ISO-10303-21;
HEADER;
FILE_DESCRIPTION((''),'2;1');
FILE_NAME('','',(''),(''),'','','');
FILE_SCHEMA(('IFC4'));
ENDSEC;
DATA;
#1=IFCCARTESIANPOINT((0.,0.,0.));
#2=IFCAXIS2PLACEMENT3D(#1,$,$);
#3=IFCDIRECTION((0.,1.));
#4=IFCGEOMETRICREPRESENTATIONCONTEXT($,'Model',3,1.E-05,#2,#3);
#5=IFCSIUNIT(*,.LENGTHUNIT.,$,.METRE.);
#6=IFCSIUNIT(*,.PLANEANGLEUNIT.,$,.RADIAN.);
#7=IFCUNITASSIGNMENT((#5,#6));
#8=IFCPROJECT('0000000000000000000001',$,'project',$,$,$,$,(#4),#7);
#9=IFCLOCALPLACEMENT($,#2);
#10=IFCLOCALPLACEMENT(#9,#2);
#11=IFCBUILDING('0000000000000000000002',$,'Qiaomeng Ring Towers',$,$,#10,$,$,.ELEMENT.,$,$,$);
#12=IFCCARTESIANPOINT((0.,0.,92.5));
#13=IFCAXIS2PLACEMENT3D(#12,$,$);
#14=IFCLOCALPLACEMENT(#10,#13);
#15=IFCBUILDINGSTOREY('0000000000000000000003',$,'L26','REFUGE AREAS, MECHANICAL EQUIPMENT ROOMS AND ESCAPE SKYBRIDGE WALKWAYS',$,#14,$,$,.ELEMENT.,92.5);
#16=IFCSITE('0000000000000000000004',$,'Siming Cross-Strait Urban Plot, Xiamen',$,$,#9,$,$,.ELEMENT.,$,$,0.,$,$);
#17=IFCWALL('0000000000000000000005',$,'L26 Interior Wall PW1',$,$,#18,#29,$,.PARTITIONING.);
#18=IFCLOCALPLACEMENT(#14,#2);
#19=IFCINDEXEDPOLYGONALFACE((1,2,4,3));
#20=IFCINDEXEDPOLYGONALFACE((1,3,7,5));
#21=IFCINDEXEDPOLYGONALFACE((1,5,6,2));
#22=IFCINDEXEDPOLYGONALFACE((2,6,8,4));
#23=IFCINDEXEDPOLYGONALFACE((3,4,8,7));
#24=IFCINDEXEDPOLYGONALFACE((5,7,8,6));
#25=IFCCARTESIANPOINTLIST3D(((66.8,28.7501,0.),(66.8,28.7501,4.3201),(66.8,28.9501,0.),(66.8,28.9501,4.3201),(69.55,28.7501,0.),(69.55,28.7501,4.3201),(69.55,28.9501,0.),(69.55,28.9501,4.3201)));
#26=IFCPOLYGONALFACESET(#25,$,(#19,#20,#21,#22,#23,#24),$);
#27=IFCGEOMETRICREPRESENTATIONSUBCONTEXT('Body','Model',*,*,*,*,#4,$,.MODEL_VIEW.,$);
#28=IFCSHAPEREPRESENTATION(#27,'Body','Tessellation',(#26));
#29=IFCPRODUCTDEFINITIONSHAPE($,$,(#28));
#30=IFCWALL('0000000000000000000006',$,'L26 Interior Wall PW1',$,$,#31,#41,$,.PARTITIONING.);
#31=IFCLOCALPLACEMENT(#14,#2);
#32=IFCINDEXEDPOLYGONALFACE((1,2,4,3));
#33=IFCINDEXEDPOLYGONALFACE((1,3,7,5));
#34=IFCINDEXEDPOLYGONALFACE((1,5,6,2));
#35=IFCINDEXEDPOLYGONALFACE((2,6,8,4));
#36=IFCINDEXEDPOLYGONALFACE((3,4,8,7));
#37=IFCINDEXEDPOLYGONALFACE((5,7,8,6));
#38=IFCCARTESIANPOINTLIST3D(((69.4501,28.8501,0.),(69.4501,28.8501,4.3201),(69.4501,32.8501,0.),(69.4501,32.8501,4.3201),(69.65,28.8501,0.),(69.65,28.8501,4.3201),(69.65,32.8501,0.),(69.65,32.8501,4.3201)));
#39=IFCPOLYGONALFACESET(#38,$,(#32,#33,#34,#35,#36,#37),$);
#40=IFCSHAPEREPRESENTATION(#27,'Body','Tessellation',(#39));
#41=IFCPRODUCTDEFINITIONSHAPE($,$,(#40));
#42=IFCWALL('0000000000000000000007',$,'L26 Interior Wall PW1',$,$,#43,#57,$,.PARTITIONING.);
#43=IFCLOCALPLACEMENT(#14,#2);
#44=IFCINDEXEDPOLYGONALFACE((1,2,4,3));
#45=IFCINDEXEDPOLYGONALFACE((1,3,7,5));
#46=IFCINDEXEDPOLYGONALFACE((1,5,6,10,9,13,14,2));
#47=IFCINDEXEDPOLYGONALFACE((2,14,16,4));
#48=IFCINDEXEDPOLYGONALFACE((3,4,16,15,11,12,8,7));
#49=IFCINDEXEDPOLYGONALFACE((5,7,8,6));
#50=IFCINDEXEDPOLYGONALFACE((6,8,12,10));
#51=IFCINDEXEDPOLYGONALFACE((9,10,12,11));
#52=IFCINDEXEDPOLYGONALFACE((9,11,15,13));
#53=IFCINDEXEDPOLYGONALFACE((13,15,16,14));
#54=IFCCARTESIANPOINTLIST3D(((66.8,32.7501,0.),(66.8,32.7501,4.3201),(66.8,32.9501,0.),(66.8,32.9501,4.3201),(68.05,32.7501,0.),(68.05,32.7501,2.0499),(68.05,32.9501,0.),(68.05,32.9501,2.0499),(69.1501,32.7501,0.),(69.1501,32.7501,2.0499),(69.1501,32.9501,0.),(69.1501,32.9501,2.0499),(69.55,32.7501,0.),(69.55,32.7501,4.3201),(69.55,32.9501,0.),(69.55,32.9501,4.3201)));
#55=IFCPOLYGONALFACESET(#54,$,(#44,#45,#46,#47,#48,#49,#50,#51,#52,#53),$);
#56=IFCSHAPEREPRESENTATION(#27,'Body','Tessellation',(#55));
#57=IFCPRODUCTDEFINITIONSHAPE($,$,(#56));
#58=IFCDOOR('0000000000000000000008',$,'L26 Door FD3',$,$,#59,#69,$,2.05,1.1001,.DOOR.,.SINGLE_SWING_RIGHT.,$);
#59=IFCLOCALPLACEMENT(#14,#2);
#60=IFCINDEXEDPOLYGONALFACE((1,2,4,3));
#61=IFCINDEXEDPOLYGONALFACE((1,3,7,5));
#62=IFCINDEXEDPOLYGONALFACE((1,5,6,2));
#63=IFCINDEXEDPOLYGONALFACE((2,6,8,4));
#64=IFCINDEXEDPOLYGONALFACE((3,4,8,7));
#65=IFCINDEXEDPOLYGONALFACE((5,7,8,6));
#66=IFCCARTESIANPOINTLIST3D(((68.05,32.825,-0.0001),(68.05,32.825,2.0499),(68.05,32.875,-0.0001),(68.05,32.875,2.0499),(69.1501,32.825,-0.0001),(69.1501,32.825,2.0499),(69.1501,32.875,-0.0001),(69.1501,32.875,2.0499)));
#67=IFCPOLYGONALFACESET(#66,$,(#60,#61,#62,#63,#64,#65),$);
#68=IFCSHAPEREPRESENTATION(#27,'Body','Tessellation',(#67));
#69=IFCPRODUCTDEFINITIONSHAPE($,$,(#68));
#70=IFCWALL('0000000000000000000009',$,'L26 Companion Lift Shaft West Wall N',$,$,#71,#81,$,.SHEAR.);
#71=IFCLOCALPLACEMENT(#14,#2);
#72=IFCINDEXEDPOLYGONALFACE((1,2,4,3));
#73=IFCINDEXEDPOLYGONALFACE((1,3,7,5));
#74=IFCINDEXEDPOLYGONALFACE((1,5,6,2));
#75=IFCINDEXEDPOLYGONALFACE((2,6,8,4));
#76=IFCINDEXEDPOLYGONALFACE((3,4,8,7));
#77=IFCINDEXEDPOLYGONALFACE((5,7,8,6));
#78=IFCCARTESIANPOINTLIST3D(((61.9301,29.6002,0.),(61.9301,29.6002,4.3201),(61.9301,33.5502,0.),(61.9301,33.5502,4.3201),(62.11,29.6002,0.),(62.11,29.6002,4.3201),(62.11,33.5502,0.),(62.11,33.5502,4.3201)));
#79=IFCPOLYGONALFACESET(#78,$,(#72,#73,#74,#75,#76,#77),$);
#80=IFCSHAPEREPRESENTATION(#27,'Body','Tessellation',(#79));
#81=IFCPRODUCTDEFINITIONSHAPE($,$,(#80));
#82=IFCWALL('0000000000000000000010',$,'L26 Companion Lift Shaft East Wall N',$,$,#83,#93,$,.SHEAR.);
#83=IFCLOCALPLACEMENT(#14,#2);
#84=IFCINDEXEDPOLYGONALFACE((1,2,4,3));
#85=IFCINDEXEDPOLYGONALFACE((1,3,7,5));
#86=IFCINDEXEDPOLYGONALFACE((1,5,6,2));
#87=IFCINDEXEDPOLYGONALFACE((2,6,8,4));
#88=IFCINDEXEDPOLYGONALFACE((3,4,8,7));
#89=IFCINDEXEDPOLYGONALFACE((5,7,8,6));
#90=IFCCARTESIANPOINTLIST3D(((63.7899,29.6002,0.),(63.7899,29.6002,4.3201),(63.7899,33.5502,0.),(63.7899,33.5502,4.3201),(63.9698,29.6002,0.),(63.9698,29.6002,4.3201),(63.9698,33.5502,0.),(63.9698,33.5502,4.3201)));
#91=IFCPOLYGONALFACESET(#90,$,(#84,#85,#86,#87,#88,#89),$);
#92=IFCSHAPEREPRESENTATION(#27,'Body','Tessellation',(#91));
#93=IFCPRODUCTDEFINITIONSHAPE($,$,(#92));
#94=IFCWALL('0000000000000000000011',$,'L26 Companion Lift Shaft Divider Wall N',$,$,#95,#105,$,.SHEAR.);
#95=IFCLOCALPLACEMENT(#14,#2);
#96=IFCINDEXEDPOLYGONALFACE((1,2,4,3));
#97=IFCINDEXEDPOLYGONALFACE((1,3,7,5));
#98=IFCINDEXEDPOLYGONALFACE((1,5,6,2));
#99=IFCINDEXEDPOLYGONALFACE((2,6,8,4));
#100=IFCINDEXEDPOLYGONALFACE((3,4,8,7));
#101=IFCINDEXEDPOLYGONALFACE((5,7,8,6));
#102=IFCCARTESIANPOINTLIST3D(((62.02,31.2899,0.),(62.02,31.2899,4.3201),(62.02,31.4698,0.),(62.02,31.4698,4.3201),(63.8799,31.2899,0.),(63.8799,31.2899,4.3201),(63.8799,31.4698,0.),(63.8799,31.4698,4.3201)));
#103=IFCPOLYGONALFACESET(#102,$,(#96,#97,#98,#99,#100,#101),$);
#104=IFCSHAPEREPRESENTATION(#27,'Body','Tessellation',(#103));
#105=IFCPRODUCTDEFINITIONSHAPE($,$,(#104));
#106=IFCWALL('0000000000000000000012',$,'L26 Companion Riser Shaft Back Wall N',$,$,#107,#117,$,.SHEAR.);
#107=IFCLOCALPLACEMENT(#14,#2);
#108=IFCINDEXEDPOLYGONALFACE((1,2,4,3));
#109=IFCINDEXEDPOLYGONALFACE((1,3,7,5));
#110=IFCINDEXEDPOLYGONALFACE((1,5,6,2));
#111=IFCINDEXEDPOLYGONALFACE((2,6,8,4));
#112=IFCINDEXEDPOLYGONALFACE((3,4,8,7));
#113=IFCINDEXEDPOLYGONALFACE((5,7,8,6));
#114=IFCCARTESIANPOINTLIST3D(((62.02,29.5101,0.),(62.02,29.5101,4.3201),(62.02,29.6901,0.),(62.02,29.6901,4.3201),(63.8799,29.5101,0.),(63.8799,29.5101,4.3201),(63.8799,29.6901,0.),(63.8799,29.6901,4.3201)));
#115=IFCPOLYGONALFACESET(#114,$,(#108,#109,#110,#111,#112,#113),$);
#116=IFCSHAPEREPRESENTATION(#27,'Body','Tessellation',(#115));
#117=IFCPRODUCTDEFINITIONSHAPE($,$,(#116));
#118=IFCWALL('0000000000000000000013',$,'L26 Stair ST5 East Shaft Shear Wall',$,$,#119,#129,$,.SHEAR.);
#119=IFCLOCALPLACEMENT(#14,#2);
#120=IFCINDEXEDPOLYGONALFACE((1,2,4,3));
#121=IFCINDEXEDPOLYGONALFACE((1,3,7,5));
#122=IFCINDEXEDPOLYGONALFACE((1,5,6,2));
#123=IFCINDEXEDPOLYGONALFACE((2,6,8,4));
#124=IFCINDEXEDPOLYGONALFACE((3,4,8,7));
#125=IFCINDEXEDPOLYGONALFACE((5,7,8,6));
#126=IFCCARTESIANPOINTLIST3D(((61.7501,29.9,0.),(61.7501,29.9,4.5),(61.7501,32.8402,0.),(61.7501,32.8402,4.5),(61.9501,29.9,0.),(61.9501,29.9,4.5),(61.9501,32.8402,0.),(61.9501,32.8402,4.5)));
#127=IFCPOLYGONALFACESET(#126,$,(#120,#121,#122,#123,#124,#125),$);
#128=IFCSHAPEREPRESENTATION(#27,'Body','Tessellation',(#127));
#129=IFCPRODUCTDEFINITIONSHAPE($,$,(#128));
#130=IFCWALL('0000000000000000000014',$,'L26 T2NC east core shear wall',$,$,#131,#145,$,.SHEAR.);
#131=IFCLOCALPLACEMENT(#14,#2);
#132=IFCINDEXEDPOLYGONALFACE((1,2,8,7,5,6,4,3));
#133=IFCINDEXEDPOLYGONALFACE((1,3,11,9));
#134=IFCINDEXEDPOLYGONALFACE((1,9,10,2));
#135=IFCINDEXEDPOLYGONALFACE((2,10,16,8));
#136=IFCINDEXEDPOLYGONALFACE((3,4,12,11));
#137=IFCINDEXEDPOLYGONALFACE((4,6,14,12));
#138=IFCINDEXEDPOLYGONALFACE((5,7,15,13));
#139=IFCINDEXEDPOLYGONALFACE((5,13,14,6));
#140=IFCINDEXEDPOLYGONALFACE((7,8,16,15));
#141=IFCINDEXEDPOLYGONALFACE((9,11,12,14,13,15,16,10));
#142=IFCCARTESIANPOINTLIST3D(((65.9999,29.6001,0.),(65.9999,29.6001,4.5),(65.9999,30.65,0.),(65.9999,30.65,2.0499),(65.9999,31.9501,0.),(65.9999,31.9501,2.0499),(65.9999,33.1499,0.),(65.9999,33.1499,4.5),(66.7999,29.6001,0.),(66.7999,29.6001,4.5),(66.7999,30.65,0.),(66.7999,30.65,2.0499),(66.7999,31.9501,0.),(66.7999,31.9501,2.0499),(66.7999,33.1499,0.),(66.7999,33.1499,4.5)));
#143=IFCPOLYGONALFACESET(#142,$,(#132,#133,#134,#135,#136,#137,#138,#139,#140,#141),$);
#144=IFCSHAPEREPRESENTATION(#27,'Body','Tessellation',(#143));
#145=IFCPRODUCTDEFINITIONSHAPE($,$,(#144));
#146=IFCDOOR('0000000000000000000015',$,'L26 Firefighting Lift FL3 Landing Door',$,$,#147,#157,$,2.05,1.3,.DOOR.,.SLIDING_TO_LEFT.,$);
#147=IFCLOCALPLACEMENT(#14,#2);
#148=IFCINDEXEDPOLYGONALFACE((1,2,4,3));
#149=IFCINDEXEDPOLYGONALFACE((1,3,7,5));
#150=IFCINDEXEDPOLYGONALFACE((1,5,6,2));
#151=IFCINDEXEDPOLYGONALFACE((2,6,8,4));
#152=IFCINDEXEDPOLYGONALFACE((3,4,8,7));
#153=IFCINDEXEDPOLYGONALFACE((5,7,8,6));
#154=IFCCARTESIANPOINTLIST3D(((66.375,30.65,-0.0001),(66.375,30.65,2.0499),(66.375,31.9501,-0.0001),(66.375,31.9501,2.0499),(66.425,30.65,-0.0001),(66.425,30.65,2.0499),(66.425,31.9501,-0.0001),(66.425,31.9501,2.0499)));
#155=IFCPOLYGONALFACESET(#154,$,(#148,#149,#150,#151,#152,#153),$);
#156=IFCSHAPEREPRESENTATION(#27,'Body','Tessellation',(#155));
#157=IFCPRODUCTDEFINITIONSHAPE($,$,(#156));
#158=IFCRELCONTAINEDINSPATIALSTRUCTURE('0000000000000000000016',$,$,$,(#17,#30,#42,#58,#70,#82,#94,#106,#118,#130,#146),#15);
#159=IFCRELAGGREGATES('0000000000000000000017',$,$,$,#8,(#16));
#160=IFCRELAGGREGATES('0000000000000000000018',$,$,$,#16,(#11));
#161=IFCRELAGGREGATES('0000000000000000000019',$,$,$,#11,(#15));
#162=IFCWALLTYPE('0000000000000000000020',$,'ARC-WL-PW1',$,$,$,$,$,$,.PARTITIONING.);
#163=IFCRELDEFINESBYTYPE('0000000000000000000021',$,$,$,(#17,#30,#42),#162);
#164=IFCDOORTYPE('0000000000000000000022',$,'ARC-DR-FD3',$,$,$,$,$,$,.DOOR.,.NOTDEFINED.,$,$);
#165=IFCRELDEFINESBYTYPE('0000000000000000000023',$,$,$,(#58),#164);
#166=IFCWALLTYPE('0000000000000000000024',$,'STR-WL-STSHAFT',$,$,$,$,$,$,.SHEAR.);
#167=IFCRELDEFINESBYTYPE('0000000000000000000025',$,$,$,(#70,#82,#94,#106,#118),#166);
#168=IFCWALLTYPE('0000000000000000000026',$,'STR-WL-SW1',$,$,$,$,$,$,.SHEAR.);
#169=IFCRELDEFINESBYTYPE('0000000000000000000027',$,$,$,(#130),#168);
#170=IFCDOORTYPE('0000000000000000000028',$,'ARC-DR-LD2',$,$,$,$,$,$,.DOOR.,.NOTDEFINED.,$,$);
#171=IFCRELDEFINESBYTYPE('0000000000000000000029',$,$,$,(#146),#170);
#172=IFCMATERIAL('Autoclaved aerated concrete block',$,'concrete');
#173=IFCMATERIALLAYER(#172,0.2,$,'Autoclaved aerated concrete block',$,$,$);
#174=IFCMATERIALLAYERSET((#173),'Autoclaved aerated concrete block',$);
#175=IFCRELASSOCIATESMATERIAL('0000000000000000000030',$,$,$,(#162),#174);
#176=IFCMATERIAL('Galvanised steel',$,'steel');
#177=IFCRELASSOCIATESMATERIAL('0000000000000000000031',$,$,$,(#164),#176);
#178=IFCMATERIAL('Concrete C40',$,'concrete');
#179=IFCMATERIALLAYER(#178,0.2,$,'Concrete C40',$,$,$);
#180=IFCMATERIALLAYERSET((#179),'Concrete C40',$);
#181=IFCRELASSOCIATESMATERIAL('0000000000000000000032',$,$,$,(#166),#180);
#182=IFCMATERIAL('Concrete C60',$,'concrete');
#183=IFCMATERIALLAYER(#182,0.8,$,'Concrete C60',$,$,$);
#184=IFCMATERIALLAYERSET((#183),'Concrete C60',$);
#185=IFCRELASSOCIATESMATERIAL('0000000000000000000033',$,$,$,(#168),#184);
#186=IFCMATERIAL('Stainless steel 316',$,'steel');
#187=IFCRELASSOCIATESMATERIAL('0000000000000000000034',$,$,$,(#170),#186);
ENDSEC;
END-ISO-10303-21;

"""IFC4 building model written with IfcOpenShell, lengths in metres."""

from ifc_helpers import new_model, si_unit, direction, frame, frame_2d, origin, place, context, subcontext, project, spatial, rectangle, extrude, source, transform, mapped, material, layer, layer_set, type_object, element, fill, save


model = new_model("IFC4")

# Units and contexts
model_context = context("Model", 3, precision=1e-05, world=origin(), true_north=direction((0.0, 1.0)))
body_context = subcontext(model_context, "Body", "Model", "MODEL_VIEW")
ifc_project = project(units=[si_unit("LENGTHUNIT", "METRE"), si_unit("PLANEANGLEUNIT", "RADIAN")], contexts=[model_context])

# Site, building, storey
site_placement = place(None, origin())
site = spatial("IfcSite", under=ifc_project, at=site_placement, Name="Siming Cross-Strait Urban Plot, Xiamen", CompositionType="ELEMENT", RefElevation=0.0)
building_placement = place(site_placement, origin())
building = spatial("IfcBuilding", under=site, at=building_placement, Name="Qiaomeng Ring Towers", CompositionType="ELEMENT")
storey_placement = place(building_placement, frame((0.0, 0.0, 92.5)))
storey = spatial("IfcBuildingStorey", under=building, at=storey_placement, Name="L26", Description="REFUGE AREAS, MECHANICAL EQUIPMENT ROOMS AND ESCAPE SKYBRIDGE WALKWAYS", CompositionType="ELEMENT", Elevation=92.5)

# Walls
ifc_material_1 = material(Name="Autoclaved aerated concrete block", Category="concrete")
ifc_layer_1 = layer(ifc_material_1, 0.2, Name="Autoclaved aerated concrete block")
ifc_layer_set_1 = layer_set([ifc_layer_1], Name="Autoclaved aerated concrete block")
wall_type_1 = type_object("IfcWallType", Name="ARC-WL-PW1", PredefinedType="PARTITIONING", material=ifc_layer_set_1)
wall_1_placement = place(storey_placement, frame((66.8, 28.8501, 0.0), z_axis=(0.0, 0.0, 1.0), x_axis=(1.0, 0.0, 0.0)))
element("IfcWall", 1, at=wall_1_placement, inside=storey, type_object=wall_type_1, Name="L26 Interior Wall PW1", PredefinedType="PARTITIONING", context=body_context, shape_type="SweptSolid", body=[
    extrude(rectangle(XDim=2.75, YDim=0.2, at=frame_2d((1.375, 0.0))), origin(), (0.0, 0.0, 1.0), 4.3201),
])
wall_2_placement = place(storey_placement, frame((69.55, 28.8501, 0.0), z_axis=(0.0, 0.0, 1.0), x_axis=(0.0, 1.0, 0.0)))
element("IfcWall", 2, at=wall_2_placement, inside=storey, type_object=wall_type_1, Name="L26 Interior Wall PW1", PredefinedType="PARTITIONING", context=body_context, shape_type="SweptSolid", body=[
    extrude(rectangle(XDim=4.0, YDim=0.2, at=frame_2d((2.0, 0.0))), origin(), (0.0, 0.0, 1.0), 4.3201),
])

# Wall, opening, door
wall_3_placement = place(storey_placement, frame((66.8, 32.8501, 0.0), z_axis=(0.0, 0.0, 1.0), x_axis=(1.0, 0.0, 0.0)))
wall_3 = element("IfcWall", 3, at=wall_3_placement, inside=storey, type_object=wall_type_1, Name="L26 Interior Wall PW1", PredefinedType="PARTITIONING", context=body_context, shape_type="SweptSolid", body=[
    extrude(rectangle(XDim=2.75, YDim=0.2, at=frame_2d((1.375, 0.0))), origin(), (0.0, 0.0, 1.0), 4.3201),
])
opening_1_placement = place(wall_3_placement, frame((1.25, 0.0, 0.0)))
opening_1 = element("IfcOpeningElement", 4, at=opening_1_placement, cuts=wall_3, PredefinedType="OPENING", context=body_context, shape_type="SweptSolid", body=[
    extrude(rectangle(XDim=1.1001, YDim=2.05, at=frame_2d((0.55, 1.0249))), frame((0.0, 0.1099, 0.0), z_axis=(0.0, -1.0, 0.0), x_axis=(1.0, 0.0, 0.0)), (0.0, 0.0, 1.0), 0.22),
])
ifc_material_2 = material(Name="Galvanised steel", Category="steel")
door_type_1 = type_object("IfcDoorType", Name="ARC-DR-FD3", OperationType="NOTDEFINED", PredefinedType="DOOR", material=ifc_material_2)
shared_shape_1 = source(origin(), body_context, "Body", "SweptSolid", [
    extrude(rectangle(XDim=1.1001, YDim=2.05, at=frame_2d((0.55, 1.0249))), frame((0.0, 0.0249, 0.0), z_axis=(0.0, -1.0, 0.0), x_axis=(1.0, 0.0, 0.0)), (0.0, 0.0, 1.0), 0.05),
])
door_1_placement = place(opening_1_placement, origin())
door_1 = element("IfcDoor", 5, at=door_1_placement, inside=storey, type_object=door_type_1, Name="L26 Door FD3", OperationType="SINGLE_SWING_RIGHT", OverallHeight=2.05, OverallWidth=1.1001, PredefinedType="DOOR", context=body_context, shape_type="MappedRepresentation", body=[
    mapped(shared_shape_1, transform((0.0, 0.0, 0.0), x_axis=(1.0, 0.0, 0.0), y_axis=(0.0, 1.0, 0.0), z_axis=(0.0, 0.0, 1.0), scale=1.0)),
])
fill(opening_1, door_1)

# Walls
ifc_material_3 = material(Name="Concrete C40", Category="concrete")
ifc_layer_2 = layer(ifc_material_3, 0.2, Name="Concrete C40")
ifc_layer_set_2 = layer_set([ifc_layer_2], Name="Concrete C40")
wall_type_2 = type_object("IfcWallType", Name="STR-WL-STSHAFT", PredefinedType="SHEAR", material=ifc_layer_set_2)
for number, where, z_axis, x_axis, name in (
    (6, (62.02, 29.6001, 0.0), (0.0, 0.0, 1.0), (0.0, 1.0, 0.0), "L26 Companion Lift Shaft West Wall N"),
    (7, (63.8799, 29.6001, 0.0), (0.0, 0.0, 1.0), (0.0, 1.0, 0.0), "L26 Companion Lift Shaft East Wall N"),
):
    element("IfcWall", number, at=place(storey_placement, frame(where, z_axis=z_axis, x_axis=x_axis)), inside=storey, type_object=wall_type_2, Name=name, PredefinedType="SHEAR", context=body_context, shape_type="SweptSolid", body=[
        extrude(rectangle(XDim=3.95, YDim=0.1799, at=frame_2d((1.9751, 0.0))), origin(), (0.0, 0.0, 1.0), 4.3201),
    ])
for number, where, z_axis, x_axis, name in (
    (8, (62.02, 31.3799, 0.0), (0.0, 0.0, 1.0), (1.0, 0.0, 0.0), "L26 Companion Lift Shaft Divider Wall N"),
    (9, (62.02, 29.6001, 0.0), (0.0, 0.0, 1.0), (1.0, 0.0, 0.0), "L26 Companion Riser Shaft Back Wall N"),
):
    element("IfcWall", number, at=place(storey_placement, frame(where, z_axis=z_axis, x_axis=x_axis)), inside=storey, type_object=wall_type_2, Name=name, PredefinedType="SHEAR", context=body_context, shape_type="SweptSolid", body=[
        extrude(rectangle(XDim=1.8599, YDim=0.1799, at=frame_2d((0.9299, 0.0))), origin(), (0.0, 0.0, 1.0), 4.3201),
    ])
wall_4_placement = place(storey_placement, frame((61.8501, 29.8999, 0.0), z_axis=(0.0, 0.0, 1.0), x_axis=(0.0, 1.0, 0.0)))
element("IfcWall", 10, at=wall_4_placement, inside=storey, type_object=wall_type_2, Name="L26 Stair ST5 East Shaft Shear Wall", PredefinedType="SHEAR", context=body_context, shape_type="SweptSolid", body=[
    extrude(rectangle(XDim=2.9402, YDim=0.2, at=frame_2d((1.4702, 0.0))), origin(), (0.0, 0.0, 1.0), 4.5),
])

# Wall, opening, door
ifc_material_4 = material(Name="Concrete C60", Category="concrete")
ifc_layer_3 = layer(ifc_material_4, 0.8, Name="Concrete C60")
ifc_layer_set_3 = layer_set([ifc_layer_3], Name="Concrete C60")
wall_type_3 = type_object("IfcWallType", Name="STR-WL-SW1", PredefinedType="SHEAR", material=ifc_layer_set_3)
wall_5_placement = place(storey_placement, frame((66.3999, 29.6001, 0.0), z_axis=(0.0, 0.0, 1.0), x_axis=(0.0, 1.0, 0.0)))
wall_5 = element("IfcWall", 11, at=wall_5_placement, inside=storey, type_object=wall_type_3, Name="L26 T2NC east core shear wall", PredefinedType="SHEAR", context=body_context, shape_type="SweptSolid", body=[
    extrude(rectangle(XDim=3.5498, YDim=0.8, at=frame_2d((1.7749, 0.0))), origin(), (0.0, 0.0, 1.0), 4.5),
])
opening_2_placement = place(wall_5_placement, frame((1.05, 0.0, 0.0)))
opening_2 = element("IfcOpeningElement", 12, at=opening_2_placement, cuts=wall_5, PredefinedType="OPENING", context=body_context, shape_type="SweptSolid", body=[
    extrude(rectangle(XDim=1.3, YDim=2.05, at=frame_2d((0.6499, 1.0249))), frame((0.0, 0.4099, 0.0), z_axis=(0.0, -1.0, 0.0), x_axis=(1.0, 0.0, 0.0)), (0.0, 0.0, 1.0), 0.8201),
])
ifc_material_5 = material(Name="Stainless steel 316", Category="steel")
door_type_2 = type_object("IfcDoorType", Name="ARC-DR-LD2", OperationType="NOTDEFINED", PredefinedType="DOOR", material=ifc_material_5)
shared_shape_2 = source(origin(), body_context, "Body", "SweptSolid", [
    extrude(rectangle(XDim=1.3, YDim=2.05, at=frame_2d((0.6499, 1.0249))), frame((0.0, 0.0249, 0.0), z_axis=(0.0, -1.0, 0.0), x_axis=(1.0, 0.0, 0.0)), (0.0, 0.0, 1.0), 0.05),
])
door_2_placement = place(opening_2_placement, origin())
door_2 = element("IfcDoor", 13, at=door_2_placement, inside=storey, type_object=door_type_2, Name="L26 Firefighting Lift FL3 Landing Door", OperationType="SLIDING_TO_LEFT", OverallHeight=2.05, OverallWidth=1.3, PredefinedType="DOOR", context=body_context, shape_type="MappedRepresentation", body=[
    mapped(shared_shape_2, transform((0.0, 0.0, 0.0), x_axis=(1.0, 0.0, 0.0), y_axis=(0.0, 1.0, 0.0), z_axis=(0.0, 0.0, 1.0), scale=1.0)),
])
fill(opening_2, door_2)

save(model, "model.ifc")
